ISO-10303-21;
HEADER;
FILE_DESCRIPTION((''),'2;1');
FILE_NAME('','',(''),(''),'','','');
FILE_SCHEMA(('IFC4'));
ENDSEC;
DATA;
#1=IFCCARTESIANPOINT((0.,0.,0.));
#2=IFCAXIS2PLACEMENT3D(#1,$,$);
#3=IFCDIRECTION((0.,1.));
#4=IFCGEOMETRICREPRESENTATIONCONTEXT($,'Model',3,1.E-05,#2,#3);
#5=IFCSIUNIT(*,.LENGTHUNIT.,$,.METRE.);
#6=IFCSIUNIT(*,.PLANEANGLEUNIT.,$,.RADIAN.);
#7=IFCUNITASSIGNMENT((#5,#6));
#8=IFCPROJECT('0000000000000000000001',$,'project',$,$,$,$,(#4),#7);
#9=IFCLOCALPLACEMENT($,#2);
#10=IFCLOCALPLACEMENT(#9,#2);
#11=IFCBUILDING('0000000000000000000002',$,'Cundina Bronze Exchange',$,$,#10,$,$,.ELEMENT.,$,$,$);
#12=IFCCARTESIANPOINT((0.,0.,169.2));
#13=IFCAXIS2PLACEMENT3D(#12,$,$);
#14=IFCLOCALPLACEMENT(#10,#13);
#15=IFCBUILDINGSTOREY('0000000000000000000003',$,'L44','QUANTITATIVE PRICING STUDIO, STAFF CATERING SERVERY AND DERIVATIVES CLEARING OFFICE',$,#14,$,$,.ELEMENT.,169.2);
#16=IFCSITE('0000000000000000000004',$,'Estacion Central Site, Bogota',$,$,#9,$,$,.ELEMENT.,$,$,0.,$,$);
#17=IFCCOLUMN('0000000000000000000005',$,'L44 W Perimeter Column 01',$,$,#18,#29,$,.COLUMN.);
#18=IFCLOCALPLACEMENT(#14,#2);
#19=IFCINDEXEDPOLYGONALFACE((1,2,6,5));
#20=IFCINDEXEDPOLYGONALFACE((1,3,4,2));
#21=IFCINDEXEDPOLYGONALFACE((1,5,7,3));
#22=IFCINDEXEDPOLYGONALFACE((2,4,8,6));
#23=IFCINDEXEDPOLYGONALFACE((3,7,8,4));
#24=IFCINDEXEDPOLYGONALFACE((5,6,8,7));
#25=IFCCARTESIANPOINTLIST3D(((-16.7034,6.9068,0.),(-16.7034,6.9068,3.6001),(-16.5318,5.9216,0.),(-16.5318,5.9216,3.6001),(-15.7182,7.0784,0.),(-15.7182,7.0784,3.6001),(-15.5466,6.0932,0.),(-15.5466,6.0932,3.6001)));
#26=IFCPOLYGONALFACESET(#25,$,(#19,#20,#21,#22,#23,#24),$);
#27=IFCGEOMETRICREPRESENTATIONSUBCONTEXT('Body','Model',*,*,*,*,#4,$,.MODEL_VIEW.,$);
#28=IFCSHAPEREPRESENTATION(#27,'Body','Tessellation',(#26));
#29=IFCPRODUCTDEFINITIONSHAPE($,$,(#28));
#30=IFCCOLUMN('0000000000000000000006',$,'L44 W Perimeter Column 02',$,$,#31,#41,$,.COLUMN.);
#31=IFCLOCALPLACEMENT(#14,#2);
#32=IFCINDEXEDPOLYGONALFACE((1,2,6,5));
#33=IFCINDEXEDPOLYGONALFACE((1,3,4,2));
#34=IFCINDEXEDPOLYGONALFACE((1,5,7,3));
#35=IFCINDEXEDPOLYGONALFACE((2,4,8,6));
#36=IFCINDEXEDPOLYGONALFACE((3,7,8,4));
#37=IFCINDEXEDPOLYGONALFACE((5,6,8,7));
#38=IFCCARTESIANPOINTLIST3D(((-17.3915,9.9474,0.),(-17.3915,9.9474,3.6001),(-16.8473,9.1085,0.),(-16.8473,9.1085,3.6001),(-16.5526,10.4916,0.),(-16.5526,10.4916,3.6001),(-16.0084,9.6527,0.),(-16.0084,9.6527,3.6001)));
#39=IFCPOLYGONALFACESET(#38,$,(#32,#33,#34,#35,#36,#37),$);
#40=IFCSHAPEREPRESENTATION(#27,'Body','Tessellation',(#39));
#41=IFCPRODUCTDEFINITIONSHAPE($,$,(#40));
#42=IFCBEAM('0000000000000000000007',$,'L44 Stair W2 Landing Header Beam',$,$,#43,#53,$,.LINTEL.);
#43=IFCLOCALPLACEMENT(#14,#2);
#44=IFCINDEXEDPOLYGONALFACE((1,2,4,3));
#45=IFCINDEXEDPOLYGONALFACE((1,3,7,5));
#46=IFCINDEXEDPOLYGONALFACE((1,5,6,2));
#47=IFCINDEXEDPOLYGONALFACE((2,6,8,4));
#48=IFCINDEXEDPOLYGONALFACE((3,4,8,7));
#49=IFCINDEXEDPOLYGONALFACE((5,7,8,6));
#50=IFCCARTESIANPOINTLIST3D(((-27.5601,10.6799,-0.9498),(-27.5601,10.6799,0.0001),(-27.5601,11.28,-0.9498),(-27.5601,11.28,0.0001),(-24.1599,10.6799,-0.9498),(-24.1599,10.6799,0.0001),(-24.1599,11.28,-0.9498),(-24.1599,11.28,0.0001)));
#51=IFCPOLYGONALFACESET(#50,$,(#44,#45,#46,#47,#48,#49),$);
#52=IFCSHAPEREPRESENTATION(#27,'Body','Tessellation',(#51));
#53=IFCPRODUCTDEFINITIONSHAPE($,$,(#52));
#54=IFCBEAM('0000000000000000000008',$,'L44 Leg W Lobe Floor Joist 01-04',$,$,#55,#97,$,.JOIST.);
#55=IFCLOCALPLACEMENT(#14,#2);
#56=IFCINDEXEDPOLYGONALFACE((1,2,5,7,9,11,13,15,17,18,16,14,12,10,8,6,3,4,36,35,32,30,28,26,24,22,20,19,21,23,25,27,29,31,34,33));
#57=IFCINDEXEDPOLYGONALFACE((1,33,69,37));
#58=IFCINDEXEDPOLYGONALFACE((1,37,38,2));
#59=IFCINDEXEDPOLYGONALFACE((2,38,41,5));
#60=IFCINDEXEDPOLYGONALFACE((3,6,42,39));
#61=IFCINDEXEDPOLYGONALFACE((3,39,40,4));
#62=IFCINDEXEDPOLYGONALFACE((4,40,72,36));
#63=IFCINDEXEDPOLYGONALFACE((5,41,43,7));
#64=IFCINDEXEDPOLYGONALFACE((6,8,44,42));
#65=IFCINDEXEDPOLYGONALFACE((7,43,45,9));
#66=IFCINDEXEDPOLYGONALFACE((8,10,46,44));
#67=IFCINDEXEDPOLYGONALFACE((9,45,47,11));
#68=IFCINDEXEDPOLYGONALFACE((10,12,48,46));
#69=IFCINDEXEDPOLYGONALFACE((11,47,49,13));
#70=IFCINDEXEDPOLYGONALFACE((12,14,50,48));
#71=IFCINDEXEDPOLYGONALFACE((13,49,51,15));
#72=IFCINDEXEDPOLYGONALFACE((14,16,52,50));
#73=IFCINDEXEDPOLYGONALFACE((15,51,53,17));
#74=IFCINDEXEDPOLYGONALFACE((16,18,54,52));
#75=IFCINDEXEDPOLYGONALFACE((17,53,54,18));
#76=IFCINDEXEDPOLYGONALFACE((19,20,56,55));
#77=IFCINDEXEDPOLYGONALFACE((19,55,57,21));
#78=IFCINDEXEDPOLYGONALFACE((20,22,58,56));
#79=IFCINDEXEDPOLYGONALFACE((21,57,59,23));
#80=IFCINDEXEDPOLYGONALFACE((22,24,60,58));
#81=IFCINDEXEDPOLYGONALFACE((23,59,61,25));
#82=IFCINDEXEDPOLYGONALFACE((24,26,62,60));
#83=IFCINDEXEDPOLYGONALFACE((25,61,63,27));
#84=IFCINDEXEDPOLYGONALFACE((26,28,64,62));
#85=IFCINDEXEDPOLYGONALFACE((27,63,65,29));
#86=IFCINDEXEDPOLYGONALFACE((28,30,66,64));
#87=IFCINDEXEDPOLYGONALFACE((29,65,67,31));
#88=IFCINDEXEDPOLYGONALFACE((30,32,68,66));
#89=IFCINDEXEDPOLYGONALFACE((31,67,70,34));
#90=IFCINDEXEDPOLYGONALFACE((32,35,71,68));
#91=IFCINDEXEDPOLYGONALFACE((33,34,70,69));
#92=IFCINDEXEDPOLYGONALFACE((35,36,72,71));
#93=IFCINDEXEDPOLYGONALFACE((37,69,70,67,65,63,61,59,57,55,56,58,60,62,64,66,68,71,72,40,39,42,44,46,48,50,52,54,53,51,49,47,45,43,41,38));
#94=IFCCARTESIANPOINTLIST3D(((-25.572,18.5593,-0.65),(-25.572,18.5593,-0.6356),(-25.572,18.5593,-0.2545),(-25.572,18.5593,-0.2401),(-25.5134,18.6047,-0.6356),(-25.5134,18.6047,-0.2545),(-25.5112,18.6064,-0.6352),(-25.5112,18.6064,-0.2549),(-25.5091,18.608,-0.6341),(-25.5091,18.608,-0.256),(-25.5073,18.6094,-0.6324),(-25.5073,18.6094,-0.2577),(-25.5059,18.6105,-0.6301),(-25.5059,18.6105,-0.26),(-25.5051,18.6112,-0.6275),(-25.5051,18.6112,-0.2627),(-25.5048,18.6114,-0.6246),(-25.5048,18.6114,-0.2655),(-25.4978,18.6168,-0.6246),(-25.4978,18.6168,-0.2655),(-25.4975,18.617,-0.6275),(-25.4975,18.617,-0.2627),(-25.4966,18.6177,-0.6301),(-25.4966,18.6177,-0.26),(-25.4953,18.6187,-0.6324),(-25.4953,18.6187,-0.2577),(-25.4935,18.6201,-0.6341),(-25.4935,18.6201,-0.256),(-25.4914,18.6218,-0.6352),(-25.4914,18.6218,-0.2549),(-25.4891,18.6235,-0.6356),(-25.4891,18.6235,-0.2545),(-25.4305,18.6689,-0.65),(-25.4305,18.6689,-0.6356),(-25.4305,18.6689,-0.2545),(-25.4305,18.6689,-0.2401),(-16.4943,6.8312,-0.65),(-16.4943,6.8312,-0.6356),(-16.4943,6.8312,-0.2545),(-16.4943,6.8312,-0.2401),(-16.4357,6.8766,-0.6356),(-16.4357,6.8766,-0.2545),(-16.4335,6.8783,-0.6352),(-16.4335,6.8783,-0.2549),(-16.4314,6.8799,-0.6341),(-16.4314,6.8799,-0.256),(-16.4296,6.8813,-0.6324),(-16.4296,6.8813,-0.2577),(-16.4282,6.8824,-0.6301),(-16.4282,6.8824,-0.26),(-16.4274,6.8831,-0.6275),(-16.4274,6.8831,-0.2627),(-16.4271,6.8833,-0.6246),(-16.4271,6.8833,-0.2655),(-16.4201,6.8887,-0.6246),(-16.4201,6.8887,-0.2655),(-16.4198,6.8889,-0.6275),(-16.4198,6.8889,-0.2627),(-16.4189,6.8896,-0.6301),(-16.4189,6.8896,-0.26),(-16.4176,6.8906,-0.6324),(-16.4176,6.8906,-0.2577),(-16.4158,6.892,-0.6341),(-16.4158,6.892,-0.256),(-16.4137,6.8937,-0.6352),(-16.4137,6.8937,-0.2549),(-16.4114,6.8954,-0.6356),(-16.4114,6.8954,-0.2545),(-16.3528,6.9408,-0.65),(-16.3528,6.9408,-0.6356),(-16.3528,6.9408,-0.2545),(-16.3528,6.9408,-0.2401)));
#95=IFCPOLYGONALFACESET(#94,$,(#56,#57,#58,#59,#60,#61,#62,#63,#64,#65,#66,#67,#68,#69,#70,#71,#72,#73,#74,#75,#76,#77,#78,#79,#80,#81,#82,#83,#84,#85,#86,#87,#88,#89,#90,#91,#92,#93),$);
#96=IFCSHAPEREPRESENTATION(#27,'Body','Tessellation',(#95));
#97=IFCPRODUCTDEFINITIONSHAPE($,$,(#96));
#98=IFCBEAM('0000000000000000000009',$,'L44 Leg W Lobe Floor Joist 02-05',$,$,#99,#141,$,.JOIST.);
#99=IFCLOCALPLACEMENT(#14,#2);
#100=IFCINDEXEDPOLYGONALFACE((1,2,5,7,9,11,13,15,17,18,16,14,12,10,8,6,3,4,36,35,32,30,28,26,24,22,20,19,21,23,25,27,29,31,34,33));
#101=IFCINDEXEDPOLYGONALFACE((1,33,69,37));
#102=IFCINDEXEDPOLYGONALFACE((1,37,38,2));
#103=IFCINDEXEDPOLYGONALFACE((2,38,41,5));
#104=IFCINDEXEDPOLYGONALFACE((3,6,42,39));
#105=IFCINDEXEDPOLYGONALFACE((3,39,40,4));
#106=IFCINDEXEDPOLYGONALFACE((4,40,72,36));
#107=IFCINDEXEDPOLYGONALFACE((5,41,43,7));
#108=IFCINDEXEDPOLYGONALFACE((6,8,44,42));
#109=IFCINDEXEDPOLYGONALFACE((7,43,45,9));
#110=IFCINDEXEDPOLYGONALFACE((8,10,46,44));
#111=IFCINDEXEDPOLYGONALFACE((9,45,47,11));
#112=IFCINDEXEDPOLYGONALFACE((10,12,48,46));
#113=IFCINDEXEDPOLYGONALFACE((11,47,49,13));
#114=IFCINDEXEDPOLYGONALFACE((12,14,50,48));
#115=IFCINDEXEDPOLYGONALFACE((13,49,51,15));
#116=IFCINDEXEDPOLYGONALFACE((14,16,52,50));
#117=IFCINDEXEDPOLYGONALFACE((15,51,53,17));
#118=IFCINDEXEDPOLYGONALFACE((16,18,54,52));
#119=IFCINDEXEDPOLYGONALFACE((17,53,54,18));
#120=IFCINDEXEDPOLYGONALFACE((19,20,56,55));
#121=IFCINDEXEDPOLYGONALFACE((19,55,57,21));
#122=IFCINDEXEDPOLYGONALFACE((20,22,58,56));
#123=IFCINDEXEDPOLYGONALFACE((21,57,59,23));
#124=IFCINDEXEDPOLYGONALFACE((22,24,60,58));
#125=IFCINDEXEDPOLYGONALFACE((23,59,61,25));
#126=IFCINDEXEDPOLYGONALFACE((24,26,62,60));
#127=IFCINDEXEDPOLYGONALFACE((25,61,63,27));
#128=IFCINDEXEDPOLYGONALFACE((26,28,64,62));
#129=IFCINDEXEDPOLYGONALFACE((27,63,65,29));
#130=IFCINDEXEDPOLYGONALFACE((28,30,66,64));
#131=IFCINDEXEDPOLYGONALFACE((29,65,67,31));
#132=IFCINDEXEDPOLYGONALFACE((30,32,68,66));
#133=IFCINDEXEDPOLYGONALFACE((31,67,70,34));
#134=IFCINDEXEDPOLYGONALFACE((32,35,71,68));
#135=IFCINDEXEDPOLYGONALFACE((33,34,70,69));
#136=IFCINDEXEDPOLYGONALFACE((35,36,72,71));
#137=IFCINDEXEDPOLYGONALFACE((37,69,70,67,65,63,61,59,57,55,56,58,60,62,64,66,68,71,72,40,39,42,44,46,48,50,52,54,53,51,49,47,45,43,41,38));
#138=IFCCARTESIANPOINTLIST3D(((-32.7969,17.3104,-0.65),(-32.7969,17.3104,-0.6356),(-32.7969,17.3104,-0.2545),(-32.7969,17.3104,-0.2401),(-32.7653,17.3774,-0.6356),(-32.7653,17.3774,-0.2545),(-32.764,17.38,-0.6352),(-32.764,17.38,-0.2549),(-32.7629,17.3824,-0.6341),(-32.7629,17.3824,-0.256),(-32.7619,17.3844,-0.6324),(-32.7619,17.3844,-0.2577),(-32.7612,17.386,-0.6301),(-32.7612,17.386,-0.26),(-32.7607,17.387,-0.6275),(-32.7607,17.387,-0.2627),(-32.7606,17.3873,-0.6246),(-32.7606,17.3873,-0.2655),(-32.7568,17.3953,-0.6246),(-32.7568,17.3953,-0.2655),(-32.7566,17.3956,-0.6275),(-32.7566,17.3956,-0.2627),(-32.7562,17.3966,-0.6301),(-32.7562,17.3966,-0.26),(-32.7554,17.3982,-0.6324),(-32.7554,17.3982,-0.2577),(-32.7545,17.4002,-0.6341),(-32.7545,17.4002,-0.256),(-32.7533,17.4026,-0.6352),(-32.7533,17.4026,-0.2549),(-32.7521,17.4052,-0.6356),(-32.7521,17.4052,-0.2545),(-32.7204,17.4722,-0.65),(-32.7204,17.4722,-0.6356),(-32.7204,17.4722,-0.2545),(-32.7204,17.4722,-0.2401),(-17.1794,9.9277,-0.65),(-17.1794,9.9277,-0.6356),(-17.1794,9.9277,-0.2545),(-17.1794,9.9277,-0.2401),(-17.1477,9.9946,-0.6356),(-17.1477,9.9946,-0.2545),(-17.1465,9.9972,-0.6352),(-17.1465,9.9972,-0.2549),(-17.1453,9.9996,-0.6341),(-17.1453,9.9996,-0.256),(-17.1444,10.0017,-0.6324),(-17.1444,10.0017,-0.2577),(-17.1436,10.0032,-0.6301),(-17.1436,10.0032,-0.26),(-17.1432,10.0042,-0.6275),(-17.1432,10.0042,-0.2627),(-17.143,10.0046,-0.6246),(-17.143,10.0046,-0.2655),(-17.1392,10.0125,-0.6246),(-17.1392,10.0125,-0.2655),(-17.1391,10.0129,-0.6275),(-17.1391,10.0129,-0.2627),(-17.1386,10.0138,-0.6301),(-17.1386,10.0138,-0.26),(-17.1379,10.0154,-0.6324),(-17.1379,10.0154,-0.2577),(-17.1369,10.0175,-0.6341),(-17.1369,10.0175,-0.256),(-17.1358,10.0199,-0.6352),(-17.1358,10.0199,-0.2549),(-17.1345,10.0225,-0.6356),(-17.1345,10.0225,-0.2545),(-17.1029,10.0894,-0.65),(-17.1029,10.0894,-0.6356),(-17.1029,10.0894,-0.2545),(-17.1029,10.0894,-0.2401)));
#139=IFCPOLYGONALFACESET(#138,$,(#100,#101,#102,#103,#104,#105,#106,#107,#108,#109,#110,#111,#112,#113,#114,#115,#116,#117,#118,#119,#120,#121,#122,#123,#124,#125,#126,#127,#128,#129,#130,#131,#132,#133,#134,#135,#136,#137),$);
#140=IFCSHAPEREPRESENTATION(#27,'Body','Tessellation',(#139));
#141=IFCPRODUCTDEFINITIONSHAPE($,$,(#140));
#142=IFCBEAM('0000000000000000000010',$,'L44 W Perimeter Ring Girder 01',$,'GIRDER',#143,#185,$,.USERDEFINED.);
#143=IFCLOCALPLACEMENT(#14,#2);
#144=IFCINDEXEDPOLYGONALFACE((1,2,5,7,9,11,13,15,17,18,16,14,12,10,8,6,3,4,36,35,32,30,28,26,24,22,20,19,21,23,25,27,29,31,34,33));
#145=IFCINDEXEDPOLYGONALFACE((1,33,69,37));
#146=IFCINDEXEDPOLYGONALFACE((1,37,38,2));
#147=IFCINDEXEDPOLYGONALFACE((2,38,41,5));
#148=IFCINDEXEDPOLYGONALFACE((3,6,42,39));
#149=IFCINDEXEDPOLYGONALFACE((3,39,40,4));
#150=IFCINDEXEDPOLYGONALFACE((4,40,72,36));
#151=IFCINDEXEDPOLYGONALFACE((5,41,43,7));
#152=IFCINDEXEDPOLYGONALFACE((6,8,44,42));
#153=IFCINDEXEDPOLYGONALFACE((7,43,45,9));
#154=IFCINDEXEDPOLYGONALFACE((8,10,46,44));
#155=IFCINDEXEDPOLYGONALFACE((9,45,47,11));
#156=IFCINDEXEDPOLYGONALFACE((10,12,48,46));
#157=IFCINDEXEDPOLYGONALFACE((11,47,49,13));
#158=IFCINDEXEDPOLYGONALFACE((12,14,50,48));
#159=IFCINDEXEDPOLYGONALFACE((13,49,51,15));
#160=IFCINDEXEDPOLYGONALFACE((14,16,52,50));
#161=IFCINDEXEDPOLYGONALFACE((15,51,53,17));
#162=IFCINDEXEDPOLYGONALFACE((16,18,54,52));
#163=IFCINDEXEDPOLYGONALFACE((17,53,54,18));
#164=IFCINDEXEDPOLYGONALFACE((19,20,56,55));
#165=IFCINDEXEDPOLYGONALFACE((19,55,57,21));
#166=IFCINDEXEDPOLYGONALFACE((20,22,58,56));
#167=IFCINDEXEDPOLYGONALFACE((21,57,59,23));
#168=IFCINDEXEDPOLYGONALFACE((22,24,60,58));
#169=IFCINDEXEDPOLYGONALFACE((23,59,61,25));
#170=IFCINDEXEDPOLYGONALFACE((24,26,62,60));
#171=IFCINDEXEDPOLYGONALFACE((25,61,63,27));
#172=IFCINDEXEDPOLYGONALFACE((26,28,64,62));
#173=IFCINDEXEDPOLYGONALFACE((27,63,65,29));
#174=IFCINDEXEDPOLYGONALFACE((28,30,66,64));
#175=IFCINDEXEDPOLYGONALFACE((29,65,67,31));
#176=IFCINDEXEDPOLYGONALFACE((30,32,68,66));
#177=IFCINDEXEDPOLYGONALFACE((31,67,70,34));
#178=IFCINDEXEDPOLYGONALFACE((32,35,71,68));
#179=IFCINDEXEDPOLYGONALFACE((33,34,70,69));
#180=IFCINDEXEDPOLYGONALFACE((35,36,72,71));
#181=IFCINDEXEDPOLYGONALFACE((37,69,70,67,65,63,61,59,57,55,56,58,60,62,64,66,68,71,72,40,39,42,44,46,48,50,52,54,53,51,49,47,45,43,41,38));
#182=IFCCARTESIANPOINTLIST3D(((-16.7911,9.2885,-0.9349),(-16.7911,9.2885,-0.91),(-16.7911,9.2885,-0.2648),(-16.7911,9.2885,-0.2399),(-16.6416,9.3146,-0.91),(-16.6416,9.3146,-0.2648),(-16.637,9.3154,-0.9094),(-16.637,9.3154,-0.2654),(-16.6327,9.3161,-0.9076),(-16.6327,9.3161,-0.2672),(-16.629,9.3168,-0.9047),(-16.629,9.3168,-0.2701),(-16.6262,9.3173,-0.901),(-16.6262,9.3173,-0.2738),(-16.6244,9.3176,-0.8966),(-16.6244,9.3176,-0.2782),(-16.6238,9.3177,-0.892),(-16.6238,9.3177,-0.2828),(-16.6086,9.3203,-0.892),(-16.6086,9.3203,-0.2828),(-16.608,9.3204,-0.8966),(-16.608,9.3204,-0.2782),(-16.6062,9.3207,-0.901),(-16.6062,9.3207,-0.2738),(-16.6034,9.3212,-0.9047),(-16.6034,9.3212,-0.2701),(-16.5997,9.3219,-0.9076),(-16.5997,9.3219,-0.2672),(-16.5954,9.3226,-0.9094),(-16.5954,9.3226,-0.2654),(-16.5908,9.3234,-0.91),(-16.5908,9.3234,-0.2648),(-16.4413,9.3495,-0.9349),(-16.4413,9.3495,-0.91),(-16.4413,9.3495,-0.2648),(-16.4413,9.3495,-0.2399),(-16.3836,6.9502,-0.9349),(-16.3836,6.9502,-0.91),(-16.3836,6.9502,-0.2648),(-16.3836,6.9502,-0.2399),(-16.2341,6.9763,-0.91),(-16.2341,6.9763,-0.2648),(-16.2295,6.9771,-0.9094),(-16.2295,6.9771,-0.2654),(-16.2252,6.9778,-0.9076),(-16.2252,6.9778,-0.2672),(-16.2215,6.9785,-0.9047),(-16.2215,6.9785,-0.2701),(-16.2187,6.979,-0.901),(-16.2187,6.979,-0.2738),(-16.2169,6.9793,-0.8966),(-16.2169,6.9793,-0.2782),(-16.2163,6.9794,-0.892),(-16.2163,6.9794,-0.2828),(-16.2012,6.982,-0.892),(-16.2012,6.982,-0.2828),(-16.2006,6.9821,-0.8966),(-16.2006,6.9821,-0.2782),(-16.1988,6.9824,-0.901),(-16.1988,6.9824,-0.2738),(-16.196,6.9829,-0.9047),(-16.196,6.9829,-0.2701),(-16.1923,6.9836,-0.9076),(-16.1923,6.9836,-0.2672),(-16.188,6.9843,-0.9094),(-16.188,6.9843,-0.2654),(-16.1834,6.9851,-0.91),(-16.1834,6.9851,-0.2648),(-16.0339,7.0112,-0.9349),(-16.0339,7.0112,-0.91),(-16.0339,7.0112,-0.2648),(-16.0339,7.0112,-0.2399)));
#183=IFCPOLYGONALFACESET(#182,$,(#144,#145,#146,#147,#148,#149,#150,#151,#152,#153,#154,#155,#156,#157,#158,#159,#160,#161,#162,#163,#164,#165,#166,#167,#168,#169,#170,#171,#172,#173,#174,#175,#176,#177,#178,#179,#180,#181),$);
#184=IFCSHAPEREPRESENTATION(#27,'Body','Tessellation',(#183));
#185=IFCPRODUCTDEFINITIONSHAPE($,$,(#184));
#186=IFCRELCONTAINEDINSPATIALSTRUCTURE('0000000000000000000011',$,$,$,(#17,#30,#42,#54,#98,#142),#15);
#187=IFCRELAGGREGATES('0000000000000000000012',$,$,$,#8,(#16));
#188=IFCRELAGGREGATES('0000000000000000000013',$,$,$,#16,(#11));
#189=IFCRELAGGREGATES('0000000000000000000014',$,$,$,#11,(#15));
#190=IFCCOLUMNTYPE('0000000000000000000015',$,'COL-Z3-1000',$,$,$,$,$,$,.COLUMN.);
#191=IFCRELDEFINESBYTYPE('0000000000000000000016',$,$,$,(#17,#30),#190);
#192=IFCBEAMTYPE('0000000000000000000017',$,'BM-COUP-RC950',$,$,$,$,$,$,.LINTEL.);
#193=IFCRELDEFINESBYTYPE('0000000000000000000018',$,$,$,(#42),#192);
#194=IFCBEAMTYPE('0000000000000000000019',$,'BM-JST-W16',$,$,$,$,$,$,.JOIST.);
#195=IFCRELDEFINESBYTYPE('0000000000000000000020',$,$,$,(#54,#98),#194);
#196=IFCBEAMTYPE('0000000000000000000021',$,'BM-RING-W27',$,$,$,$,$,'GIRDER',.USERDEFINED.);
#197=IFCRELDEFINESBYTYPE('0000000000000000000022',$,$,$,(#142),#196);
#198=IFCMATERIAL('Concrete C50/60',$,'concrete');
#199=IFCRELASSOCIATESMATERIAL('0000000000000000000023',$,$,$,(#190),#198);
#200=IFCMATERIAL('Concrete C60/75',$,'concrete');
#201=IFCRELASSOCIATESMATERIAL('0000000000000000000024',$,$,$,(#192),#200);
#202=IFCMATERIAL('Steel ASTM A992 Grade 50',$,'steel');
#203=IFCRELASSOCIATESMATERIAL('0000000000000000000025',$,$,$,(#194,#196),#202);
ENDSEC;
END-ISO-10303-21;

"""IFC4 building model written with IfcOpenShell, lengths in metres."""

from ifc_helpers import new_model, si_unit, direction, frame, origin, origin_2d, place, context, subcontext, project, spatial, rectangle, i_section, extrude, material, material_profile, profile_set, type_object, element, save


model = new_model("IFC4")

# Units and contexts
model_context = context("Model", 3, precision=1e-05, world=origin(), true_north=direction((0.0, 1.0)))
body_context = subcontext(model_context, "Body", "Model", "MODEL_VIEW")
ifc_project = project(units=[si_unit("LENGTHUNIT", "METRE"), si_unit("PLANEANGLEUNIT", "RADIAN")], contexts=[model_context])

# Site, building, storey
site_placement = place(None, origin())
site = spatial("IfcSite", under=ifc_project, at=site_placement, Name="Estacion Central Site, Bogota", CompositionType="ELEMENT", RefElevation=0.0)
building_placement = place(site_placement, origin())
building = spatial("IfcBuilding", under=site, at=building_placement, Name="Cundina Bronze Exchange", CompositionType="ELEMENT")
storey_placement = place(building_placement, frame((0.0, 0.0, 169.2)))
storey = spatial("IfcBuildingStorey", under=building, at=storey_placement, Name="L44", Description="QUANTITATIVE PRICING STUDIO, STAFF CATERING SERVERY AND DERIVATIVES CLEARING OFFICE", CompositionType="ELEMENT", Elevation=169.2)

# Columns
ifc_material_1 = material(Name="Concrete C50/60", Category="concrete")
ifc_material_profile_1 = material_profile(ifc_material_1, rectangle(XDim=1.0, YDim=1.0, at=origin_2d()), Name="RC1000X1000", Category="concrete")
ifc_profile_set_1 = profile_set([ifc_material_profile_1], Name="Concrete C50/60")
column_type = type_object("IfcColumnType", Name="COL-Z3-1000", PredefinedType="COLUMN", material=ifc_profile_set_1)
for number, where, z_axis, x_axis, name in (
    (1, (-16.125, 6.5, 0.0), (0.0, 0.0, 1.0), (-0.171585, 0.985169, 0.0), "L44 W Perimeter Column 01"),
    (2, (-16.7, 9.8, 0.0), (0.0, 0.0, 1.0), (-0.5442, 0.838956, 0.0), "L44 W Perimeter Column 02"),
):
    element("IfcColumn", number, at=place(storey_placement, frame(where, z_axis=z_axis, x_axis=x_axis)), inside=storey, type_object=column_type, Name=name, PredefinedType="COLUMN", context=body_context, shape_type="SweptSolid", body=[
        extrude(rectangle(XDim=1.0, YDim=1.0, at=origin_2d()), origin(), (0.0, 0.0, 1.0), 3.6001),
    ])

# Beams
ifc_material_2 = material(Name="Concrete C60/75", Category="concrete")
ifc_material_profile_2 = material_profile(ifc_material_2, rectangle(XDim=0.6001, YDim=0.95, at=origin_2d()), Name="RC600X950", Category="concrete")
ifc_profile_set_2 = profile_set([ifc_material_profile_2], Name="Concrete C60/75")
beam_type_1 = type_object("IfcBeamType", Name="BM-COUP-RC950", PredefinedType="LINTEL", material=ifc_profile_set_2)
beam_1_placement = place(storey_placement, frame((-27.5601, 10.98, -0.4749), z_axis=(1.0, 0.0, 0.0), x_axis=(0.0, 1.0, 0.0)))
element("IfcBeam", 3, at=beam_1_placement, inside=storey, type_object=beam_type_1, Name="L44 Stair W2 Landing Header Beam", PredefinedType="LINTEL", context=body_context, shape_type="SweptSolid", body=[
    extrude(rectangle(XDim=0.6001, YDim=0.95, at=origin_2d()), origin(), (0.0, 0.0, 1.0), 3.4001),
])
ifc_material_3 = material(Name="Steel ASTM A992 Grade 50", Category="steel")
ifc_material_profile_3 = material_profile(ifc_material_3, i_section(OverallWidth=0.179, OverallDepth=0.4099, WebThickness=0.0088, FlangeThickness=0.0144, FilletRadius=0.011, at=origin_2d()), Name="W16X45", Category="steel")
ifc_profile_set_3 = profile_set([ifc_material_profile_3], Name="Steel ASTM A992 Grade 50")
beam_type_2 = type_object("IfcBeamType", Name="BM-JST-W16", PredefinedType="JOIST", material=ifc_profile_set_3)
beam_2_placement = place(storey_placement, frame((-16.4236, 6.886, -0.4451), z_axis=(-0.612084, 0.790793, 0.0), x_axis=(-0.790793, -0.612084, 0.0)))
element("IfcBeam", 4, at=beam_2_placement, inside=storey, type_object=beam_type_2, Name="L44 Leg W Lobe Floor Joist 01-04", PredefinedType="JOIST", context=body_context, shape_type="SweptSolid", body=[
    extrude(i_section(OverallWidth=0.179, OverallDepth=0.4099, WebThickness=0.0088, FlangeThickness=0.0144, FilletRadius=0.011, at=origin_2d()), origin(), (0.0, 0.0, 1.0), 14.8308),
])
beam_3_placement = place(storey_placement, frame((-17.1411, 10.0085, -0.4451), z_axis=(-0.904074, 0.427375, 0.0), x_axis=(-0.427375, -0.904074, 0.0)))
element("IfcBeam", 5, at=beam_3_placement, inside=storey, type_object=beam_type_2, Name="L44 Leg W Lobe Floor Joist 02-05", PredefinedType="JOIST", context=body_context, shape_type="SweptSolid", body=[
    extrude(i_section(OverallWidth=0.179, OverallDepth=0.4099, WebThickness=0.0088, FlangeThickness=0.0144, FilletRadius=0.011, at=origin_2d()), origin(), (0.0, 0.0, 1.0), 17.2747),
])
ifc_material_profile_4 = material_profile(ifc_material_3, i_section(OverallWidth=0.355, OverallDepth=0.6951, WebThickness=0.0154, FlangeThickness=0.0249, FilletRadius=0.0181, at=origin_2d()), Name="W27X146", Category="steel")
ifc_profile_set_4 = profile_set([ifc_material_profile_4], Name="Steel ASTM A992 Grade 50")
beam_type_3 = type_object("IfcBeamType", Name="BM-RING-W27", ElementType="GIRDER", PredefinedType="USERDEFINED", material=ifc_profile_set_4)
beam_4_placement = place(storey_placement, frame((-16.2087, 6.9807, -0.5874), z_axis=(-0.171667, 0.985155, 0.0), x_axis=(-0.985155, -0.171667, 0.0)))
element("IfcBeam", 6, at=beam_4_placement, inside=storey, type_object=beam_type_3, Name="L44 W Perimeter Ring Girder 01", ObjectType="GIRDER", PredefinedType="USERDEFINED", context=body_context, shape_type="SweptSolid", body=[
    extrude(i_section(OverallWidth=0.355, OverallDepth=0.6951, WebThickness=0.0154, FlangeThickness=0.0249, FilletRadius=0.0181, at=origin_2d()), origin(), (0.0, 0.0, 1.0), 2.3735),
])

save(model, "model.ifc")
